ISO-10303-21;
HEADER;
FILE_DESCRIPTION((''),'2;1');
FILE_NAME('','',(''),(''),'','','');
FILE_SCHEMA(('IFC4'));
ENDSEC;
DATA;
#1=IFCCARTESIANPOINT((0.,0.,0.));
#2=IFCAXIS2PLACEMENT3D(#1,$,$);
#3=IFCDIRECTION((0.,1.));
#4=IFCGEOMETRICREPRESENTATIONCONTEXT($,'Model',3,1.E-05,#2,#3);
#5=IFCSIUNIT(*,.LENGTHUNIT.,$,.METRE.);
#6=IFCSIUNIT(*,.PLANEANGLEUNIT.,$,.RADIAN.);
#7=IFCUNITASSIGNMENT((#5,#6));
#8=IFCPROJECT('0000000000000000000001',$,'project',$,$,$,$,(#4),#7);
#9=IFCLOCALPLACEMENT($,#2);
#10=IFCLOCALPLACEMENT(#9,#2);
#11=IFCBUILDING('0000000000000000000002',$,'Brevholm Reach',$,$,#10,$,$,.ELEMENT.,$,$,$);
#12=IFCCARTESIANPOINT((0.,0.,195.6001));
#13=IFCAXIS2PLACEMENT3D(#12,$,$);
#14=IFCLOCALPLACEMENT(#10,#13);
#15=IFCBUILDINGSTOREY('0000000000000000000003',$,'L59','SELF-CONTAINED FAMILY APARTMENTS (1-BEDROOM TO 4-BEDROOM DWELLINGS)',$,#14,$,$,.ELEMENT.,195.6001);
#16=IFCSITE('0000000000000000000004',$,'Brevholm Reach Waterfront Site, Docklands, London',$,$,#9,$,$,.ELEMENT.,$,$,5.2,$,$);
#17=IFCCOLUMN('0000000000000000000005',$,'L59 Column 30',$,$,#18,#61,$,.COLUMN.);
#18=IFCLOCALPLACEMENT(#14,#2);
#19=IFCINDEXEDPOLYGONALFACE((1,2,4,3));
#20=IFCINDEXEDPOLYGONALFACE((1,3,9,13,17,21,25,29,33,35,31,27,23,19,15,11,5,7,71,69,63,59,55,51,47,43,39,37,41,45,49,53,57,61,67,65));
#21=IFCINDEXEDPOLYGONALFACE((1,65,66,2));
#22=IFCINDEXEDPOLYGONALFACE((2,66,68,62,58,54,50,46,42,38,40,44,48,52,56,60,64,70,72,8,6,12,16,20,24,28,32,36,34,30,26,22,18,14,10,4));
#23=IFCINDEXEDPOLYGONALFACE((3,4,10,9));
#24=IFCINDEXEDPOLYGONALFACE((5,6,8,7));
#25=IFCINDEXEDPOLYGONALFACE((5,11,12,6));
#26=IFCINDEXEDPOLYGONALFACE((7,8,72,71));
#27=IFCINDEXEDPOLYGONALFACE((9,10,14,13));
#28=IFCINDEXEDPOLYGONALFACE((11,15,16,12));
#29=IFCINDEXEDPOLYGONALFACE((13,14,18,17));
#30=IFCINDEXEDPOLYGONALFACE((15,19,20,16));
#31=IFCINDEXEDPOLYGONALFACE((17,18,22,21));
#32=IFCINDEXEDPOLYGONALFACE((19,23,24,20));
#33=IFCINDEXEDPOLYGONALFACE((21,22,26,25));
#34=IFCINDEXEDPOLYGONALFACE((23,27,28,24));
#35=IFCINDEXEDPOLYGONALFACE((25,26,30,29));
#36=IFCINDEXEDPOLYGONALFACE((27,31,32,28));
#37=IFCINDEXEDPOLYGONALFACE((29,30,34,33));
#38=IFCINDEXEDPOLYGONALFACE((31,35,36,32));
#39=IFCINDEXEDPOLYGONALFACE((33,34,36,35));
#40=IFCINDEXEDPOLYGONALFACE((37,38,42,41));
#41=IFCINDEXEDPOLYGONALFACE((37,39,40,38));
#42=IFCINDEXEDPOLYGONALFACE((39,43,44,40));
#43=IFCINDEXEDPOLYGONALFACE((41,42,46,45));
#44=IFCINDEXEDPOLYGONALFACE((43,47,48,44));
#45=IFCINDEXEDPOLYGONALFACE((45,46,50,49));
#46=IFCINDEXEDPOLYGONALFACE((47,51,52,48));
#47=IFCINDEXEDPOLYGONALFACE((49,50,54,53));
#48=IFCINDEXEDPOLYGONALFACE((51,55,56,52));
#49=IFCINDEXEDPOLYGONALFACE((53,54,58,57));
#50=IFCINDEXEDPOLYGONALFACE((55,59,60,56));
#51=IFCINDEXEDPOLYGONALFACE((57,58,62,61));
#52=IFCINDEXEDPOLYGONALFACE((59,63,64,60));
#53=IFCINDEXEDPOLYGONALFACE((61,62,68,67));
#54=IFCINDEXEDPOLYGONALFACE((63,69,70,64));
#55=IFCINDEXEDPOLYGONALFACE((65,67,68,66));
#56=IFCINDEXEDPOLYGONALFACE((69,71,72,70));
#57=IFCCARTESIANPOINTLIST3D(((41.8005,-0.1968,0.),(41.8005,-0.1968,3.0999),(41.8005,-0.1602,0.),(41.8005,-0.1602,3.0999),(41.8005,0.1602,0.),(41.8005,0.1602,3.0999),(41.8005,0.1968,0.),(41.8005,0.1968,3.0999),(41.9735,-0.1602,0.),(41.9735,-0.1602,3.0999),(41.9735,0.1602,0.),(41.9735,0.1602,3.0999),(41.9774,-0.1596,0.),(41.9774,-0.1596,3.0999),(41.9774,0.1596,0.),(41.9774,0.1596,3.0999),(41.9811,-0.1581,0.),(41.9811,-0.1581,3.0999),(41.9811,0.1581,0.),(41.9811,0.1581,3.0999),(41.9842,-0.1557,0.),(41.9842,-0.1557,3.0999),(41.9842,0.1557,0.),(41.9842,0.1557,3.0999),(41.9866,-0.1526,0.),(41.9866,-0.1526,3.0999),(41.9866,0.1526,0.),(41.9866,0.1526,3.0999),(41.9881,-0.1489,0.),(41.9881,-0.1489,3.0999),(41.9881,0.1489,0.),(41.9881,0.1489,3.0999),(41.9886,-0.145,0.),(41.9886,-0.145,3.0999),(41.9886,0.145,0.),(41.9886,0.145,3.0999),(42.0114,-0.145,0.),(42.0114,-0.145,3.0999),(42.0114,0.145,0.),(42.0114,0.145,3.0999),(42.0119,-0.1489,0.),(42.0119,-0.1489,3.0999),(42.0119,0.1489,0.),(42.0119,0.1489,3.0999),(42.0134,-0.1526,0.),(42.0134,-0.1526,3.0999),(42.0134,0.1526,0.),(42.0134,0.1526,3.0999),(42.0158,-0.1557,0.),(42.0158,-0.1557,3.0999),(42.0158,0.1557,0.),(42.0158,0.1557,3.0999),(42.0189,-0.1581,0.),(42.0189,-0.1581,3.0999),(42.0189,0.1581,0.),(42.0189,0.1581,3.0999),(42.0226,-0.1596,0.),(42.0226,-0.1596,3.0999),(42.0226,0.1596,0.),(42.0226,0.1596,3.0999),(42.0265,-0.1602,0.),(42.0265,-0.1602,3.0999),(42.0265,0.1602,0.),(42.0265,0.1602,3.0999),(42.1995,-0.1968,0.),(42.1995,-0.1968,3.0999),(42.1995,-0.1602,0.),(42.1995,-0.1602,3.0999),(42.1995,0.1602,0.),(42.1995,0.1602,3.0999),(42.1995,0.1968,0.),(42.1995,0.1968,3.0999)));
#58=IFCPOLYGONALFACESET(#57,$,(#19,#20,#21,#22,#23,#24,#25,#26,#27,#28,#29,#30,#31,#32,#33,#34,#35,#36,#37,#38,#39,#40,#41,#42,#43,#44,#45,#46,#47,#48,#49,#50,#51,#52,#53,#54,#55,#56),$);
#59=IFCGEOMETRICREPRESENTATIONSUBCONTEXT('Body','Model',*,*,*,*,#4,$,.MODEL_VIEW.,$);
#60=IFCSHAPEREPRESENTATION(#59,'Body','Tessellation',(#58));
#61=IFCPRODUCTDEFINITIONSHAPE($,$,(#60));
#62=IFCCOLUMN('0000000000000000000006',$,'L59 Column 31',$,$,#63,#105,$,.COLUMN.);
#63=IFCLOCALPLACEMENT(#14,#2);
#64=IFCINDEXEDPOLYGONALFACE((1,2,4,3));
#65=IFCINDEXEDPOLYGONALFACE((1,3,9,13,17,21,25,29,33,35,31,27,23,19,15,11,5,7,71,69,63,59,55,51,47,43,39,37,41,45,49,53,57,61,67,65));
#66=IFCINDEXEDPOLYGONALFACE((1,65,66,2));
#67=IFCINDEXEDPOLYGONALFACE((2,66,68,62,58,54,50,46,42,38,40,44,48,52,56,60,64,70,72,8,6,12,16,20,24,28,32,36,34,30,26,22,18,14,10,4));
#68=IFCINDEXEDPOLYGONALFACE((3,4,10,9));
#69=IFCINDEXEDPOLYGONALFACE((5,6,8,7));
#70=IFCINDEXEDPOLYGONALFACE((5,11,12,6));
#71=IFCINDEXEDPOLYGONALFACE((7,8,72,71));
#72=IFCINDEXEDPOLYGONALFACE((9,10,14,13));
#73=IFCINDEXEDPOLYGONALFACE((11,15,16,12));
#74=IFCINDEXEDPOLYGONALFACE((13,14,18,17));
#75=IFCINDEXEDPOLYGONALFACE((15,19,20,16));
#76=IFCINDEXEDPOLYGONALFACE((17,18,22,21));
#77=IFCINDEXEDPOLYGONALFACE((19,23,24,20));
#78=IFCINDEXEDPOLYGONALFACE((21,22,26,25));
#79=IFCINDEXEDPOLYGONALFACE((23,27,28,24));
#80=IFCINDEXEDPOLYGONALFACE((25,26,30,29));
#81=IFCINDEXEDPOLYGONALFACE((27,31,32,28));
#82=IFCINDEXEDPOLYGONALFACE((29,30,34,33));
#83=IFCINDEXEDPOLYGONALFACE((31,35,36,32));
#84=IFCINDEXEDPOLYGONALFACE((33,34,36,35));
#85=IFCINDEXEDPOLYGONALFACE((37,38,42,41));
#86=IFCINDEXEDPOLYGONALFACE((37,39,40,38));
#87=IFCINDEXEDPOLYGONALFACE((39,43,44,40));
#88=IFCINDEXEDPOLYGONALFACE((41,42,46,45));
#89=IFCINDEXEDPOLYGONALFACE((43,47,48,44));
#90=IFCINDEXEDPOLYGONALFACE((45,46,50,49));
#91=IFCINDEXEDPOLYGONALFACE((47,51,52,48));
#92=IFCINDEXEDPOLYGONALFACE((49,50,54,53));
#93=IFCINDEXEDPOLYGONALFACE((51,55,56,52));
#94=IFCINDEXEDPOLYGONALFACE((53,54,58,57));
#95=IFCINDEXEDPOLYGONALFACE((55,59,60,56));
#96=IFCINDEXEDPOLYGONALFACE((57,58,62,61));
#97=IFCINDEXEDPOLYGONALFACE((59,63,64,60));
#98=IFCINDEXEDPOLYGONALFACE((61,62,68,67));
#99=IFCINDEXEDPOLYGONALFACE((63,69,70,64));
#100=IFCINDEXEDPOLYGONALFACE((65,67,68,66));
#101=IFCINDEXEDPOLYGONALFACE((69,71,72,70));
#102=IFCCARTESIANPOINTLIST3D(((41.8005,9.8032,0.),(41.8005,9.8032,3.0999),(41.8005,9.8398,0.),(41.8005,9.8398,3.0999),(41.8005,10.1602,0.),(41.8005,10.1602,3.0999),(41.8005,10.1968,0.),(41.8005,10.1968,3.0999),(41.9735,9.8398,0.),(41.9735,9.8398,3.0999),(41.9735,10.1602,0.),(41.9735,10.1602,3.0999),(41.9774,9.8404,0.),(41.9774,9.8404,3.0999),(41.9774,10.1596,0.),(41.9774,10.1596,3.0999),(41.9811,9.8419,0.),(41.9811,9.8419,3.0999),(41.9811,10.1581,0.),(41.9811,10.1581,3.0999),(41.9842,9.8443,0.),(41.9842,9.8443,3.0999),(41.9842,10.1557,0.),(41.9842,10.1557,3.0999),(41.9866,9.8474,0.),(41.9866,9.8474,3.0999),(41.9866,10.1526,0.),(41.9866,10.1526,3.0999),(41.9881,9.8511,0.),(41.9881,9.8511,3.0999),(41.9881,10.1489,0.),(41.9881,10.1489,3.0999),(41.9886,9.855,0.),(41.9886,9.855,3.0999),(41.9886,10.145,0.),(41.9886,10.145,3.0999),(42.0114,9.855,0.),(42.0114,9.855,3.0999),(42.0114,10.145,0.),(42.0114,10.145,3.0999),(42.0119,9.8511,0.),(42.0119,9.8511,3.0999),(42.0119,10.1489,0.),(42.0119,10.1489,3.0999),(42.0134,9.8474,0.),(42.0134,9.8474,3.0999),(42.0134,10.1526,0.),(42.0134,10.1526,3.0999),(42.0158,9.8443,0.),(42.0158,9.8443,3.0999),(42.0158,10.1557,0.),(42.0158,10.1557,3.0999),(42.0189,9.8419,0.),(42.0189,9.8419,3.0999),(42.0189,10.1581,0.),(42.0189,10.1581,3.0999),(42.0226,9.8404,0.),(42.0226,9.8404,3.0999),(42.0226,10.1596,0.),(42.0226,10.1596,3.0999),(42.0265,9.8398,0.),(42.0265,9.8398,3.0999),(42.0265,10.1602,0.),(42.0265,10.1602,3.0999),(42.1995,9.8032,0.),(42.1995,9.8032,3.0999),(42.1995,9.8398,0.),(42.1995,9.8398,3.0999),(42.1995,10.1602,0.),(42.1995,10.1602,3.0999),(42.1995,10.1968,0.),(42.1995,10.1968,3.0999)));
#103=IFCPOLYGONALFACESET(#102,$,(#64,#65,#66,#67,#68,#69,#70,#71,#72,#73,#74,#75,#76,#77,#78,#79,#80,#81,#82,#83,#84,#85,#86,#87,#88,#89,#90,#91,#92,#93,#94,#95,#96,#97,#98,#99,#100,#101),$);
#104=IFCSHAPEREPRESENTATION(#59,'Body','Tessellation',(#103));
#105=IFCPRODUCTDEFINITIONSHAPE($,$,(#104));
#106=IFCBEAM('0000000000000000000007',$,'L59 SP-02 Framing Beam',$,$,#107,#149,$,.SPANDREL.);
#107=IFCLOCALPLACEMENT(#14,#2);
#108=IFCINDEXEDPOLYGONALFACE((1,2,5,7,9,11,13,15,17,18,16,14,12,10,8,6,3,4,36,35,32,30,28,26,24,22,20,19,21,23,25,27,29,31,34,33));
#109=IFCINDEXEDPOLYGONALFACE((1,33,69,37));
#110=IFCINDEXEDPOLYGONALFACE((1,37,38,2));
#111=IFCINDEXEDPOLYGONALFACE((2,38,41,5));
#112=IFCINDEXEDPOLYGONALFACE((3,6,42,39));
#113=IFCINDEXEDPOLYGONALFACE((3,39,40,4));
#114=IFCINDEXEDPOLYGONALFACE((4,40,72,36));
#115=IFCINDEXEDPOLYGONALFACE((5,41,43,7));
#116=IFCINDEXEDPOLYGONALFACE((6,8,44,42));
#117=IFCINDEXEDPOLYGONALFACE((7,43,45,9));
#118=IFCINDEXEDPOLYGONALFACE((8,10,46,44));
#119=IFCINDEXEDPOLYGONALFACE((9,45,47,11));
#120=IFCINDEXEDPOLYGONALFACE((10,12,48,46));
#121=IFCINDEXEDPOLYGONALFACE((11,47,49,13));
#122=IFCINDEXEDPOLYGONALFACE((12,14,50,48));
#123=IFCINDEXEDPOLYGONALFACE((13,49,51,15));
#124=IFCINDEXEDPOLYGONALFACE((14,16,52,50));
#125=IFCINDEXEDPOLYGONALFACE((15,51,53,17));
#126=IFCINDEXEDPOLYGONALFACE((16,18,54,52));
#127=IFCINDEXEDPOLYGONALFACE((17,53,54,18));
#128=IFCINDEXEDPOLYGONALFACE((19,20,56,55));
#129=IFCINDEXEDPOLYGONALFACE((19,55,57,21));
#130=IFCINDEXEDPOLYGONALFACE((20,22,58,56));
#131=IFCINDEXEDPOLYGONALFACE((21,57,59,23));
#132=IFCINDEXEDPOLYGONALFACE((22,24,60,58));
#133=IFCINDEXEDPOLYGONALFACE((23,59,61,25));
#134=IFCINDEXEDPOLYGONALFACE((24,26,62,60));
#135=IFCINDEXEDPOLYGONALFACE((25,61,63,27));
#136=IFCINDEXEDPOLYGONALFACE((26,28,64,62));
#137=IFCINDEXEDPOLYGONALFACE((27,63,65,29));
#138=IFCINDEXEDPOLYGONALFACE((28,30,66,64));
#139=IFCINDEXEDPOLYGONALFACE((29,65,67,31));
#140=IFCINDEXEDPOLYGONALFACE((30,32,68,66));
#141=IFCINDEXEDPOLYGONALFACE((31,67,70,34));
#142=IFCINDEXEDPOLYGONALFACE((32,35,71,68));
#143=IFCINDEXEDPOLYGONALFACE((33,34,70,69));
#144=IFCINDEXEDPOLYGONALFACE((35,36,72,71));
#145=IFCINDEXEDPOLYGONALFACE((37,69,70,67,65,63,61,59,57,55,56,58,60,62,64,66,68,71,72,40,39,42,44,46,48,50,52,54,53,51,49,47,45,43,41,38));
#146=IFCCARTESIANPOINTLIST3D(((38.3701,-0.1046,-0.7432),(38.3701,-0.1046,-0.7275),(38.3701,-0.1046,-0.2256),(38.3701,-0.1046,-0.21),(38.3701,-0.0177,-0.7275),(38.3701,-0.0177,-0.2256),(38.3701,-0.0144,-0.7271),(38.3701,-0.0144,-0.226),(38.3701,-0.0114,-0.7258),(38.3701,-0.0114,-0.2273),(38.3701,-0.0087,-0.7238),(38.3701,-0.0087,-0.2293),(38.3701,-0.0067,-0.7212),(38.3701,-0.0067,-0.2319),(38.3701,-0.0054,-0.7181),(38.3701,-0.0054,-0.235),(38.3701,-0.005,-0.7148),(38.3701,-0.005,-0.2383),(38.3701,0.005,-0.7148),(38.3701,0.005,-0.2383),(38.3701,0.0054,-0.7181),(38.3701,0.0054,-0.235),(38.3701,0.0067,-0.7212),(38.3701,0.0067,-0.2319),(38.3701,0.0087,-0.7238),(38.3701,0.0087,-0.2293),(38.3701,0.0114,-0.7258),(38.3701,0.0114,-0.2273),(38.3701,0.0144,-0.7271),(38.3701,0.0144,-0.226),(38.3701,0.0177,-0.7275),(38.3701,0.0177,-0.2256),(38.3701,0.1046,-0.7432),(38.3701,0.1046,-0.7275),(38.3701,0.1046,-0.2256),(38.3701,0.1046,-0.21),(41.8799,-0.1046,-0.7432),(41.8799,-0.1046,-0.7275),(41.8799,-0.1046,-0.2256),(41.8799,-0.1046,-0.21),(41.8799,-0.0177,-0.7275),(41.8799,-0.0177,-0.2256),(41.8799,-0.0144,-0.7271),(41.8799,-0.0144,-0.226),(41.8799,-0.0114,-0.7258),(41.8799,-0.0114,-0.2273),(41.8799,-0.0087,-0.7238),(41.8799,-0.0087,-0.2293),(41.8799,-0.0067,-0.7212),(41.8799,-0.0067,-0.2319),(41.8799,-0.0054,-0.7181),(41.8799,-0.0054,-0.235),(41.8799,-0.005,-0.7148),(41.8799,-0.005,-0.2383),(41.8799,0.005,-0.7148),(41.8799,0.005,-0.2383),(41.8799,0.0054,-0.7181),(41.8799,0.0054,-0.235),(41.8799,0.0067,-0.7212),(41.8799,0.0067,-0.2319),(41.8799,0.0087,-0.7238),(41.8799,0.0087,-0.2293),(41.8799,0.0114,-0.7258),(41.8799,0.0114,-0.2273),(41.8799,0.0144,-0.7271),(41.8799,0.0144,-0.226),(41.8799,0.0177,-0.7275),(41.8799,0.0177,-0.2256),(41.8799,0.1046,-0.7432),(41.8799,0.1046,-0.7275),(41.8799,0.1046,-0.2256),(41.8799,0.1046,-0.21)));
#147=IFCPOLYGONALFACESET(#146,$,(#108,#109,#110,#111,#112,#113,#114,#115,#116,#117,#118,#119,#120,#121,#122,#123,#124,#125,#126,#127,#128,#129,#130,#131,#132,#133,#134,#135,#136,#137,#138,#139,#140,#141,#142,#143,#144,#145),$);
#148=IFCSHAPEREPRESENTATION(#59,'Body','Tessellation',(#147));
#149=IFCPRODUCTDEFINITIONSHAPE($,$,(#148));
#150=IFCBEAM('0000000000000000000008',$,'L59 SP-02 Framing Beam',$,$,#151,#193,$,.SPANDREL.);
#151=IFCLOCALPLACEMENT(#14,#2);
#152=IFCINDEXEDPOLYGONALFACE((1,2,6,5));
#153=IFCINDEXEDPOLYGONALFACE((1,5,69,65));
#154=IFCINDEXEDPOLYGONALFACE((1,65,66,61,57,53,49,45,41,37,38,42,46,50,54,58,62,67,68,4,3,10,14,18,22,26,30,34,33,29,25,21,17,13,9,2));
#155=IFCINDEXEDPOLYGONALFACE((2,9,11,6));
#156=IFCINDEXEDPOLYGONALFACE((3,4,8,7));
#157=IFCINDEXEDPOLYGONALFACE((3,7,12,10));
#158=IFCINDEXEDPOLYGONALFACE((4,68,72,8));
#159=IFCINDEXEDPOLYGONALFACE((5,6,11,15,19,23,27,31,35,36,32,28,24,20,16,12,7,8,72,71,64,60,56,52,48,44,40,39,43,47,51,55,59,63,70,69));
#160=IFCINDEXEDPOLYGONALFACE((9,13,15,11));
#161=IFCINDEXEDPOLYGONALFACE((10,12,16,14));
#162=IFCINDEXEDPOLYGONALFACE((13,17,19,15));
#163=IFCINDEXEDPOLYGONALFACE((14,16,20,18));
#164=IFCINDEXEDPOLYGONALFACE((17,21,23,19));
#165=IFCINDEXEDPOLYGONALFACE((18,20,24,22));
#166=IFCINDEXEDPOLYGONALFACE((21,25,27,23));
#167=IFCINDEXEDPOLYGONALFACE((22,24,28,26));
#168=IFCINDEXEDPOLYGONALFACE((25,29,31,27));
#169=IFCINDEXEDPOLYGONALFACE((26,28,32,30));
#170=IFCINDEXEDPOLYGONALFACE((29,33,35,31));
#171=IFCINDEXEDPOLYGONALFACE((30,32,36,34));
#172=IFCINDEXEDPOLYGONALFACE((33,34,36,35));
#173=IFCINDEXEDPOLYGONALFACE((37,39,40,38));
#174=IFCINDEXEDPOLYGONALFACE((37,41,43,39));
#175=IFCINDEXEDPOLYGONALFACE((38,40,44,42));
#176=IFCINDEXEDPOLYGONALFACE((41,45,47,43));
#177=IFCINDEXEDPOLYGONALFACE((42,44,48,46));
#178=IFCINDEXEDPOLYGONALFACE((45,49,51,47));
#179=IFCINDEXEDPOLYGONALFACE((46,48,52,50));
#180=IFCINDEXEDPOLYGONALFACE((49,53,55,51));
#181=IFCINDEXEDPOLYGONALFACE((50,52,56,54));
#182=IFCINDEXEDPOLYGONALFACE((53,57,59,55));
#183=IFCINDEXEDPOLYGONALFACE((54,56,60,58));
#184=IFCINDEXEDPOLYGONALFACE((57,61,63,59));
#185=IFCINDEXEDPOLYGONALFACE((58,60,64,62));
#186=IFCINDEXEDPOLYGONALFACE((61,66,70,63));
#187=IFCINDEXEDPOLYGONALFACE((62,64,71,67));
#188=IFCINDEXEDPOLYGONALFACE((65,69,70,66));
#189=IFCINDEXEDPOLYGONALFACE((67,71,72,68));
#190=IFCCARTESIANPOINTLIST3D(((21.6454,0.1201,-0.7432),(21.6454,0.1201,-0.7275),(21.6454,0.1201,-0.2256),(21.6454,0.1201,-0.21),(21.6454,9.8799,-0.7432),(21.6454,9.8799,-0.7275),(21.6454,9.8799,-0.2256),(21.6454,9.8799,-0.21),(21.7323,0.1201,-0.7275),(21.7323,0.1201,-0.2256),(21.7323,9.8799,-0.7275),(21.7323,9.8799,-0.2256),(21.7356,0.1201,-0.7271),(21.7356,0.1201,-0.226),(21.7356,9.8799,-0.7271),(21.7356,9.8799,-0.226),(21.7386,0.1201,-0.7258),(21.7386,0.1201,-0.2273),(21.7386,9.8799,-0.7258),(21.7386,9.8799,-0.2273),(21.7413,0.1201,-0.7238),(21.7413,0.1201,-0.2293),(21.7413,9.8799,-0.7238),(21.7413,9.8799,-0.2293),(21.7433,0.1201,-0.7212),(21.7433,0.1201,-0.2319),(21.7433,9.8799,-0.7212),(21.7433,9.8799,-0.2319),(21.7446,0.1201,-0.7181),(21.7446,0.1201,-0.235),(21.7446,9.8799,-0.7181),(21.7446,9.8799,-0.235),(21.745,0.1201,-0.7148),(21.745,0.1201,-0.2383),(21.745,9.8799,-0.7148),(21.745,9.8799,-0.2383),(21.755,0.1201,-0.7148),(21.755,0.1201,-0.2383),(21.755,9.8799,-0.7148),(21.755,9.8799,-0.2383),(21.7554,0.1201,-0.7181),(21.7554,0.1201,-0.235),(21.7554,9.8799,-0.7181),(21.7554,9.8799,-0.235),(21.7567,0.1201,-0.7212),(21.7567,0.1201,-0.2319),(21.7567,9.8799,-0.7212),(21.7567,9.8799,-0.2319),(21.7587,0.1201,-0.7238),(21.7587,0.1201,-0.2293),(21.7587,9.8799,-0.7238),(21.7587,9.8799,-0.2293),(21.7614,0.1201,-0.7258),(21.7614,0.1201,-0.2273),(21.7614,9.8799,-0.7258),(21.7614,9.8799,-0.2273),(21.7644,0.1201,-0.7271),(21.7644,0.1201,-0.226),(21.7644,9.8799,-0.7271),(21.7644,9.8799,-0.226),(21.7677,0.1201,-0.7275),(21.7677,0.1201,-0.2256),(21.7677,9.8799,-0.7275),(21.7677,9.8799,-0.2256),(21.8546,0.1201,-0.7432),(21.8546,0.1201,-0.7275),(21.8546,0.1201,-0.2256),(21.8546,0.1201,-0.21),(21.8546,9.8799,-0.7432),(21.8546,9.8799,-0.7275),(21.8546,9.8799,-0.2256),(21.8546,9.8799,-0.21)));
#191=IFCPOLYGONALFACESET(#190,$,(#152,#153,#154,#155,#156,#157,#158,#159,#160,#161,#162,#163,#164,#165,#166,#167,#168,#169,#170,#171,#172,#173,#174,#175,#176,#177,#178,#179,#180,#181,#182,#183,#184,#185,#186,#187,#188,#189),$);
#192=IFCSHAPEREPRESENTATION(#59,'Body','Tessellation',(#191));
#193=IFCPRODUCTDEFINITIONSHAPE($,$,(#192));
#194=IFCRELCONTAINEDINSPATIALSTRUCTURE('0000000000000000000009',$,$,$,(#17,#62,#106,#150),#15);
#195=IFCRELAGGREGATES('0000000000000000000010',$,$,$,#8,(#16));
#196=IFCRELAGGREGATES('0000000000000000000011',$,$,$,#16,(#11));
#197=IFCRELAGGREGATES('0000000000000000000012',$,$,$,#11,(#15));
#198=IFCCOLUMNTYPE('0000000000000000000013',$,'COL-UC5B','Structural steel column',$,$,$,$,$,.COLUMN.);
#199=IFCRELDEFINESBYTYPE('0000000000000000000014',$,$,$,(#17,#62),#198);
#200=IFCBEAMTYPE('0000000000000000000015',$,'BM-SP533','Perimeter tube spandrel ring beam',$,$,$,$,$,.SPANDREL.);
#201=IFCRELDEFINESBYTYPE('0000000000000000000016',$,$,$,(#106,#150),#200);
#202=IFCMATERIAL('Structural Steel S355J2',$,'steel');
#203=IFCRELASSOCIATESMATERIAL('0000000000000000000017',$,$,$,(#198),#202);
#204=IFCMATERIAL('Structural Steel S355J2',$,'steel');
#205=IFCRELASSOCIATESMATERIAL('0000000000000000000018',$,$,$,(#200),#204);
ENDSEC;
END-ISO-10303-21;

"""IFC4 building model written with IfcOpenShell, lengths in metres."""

from ifc_helpers import new_model, si_unit, direction, frame, origin, origin_2d, place, context, subcontext, project, spatial, i_section, extrude, material, material_profile, profile_set, type_object, element, save


model = new_model("IFC4")

# Units and contexts
model_context = context("Model", 3, precision=1e-05, world=origin(), true_north=direction((0.0, 1.0)))
body_context = subcontext(model_context, "Body", "Model", "MODEL_VIEW")
ifc_project = project(units=[si_unit("LENGTHUNIT", "METRE"), si_unit("PLANEANGLEUNIT", "RADIAN")], contexts=[model_context])

# Site, building, storey
site_placement = place(None, origin())
site = spatial("IfcSite", under=ifc_project, at=site_placement, Name="Brevholm Reach Waterfront Site, Docklands, London", CompositionType="ELEMENT", RefElevation=5.2)
building_placement = place(site_placement, origin())
building = spatial("IfcBuilding", under=site, at=building_placement, Name="Brevholm Reach", CompositionType="ELEMENT")
storey_placement = place(building_placement, frame((0.0, 0.0, 195.6001)))
storey = spatial("IfcBuildingStorey", under=building, at=storey_placement, Name="L59", Description="SELF-CONTAINED FAMILY APARTMENTS (1-BEDROOM TO 4-BEDROOM DWELLINGS)", CompositionType="ELEMENT", Elevation=195.6001)

# Columns
ifc_material_1 = material(Name="Structural Steel S355J2", Category="steel")
ifc_material_profile_1 = material_profile(ifc_material_1, i_section(OverallWidth=0.3989, OverallDepth=0.3936, WebThickness=0.0227, FlangeThickness=0.0366, FilletRadius=0.0151, at=origin_2d()), Name="UKC 356x406x287")
ifc_profile_set_1 = profile_set([ifc_material_profile_1], Name="Structural Steel S355J2")
column_type = type_object("IfcColumnType", Name="COL-UC5B", Description="Structural steel column", PredefinedType="COLUMN", material=ifc_profile_set_1)
for number, where, z_axis, x_axis, name in (
    (1, (42.0, 0.0, 0.0), (0.0, 0.0, 1.0), (1.0, 0.0, 0.0), "L59 Column 30"),
    (2, (42.0, 10.0, 0.0), (0.0, 0.0, 1.0), (1.0, 0.0, 0.0), "L59 Column 31"),
):
    element("IfcColumn", number, at=place(storey_placement, frame(where, z_axis=z_axis, x_axis=x_axis)), inside=storey, type_object=column_type, Name=name, PredefinedType="COLUMN", context=body_context, shape_type="SweptSolid", body=[
        extrude(i_section(OverallWidth=0.3989, OverallDepth=0.3936, WebThickness=0.0227, FlangeThickness=0.0366, FilletRadius=0.0151, at=origin_2d()), origin(), (0.0, 0.0, 1.0), 3.0999),
    ])

# Beams
ifc_material_2 = material(Name="Structural Steel S355J2", Category="steel")
ifc_material_profile_2 = material_profile(ifc_material_2, i_section(OverallWidth=0.2092, OverallDepth=0.5332, WebThickness=0.01, FlangeThickness=0.0156, FilletRadius=0.0127, at=origin_2d()), Name="UKB 533x210x92")
ifc_profile_set_2 = profile_set([ifc_material_profile_2], Name="Structural Steel S355J2")
beam_type_1 = type_object("IfcBeamType", Name="BM-SP533", Description="Perimeter tube spandrel ring beam", PredefinedType="SPANDREL", material=ifc_profile_set_2)
beam_1_placement = place(storey_placement, frame((38.3701, 0.0, -0.4766), z_axis=(1.0, 0.0, 0.0), x_axis=(0.0, 1.0, 0.0)))
element("IfcBeam", 3, at=beam_1_placement, inside=storey, type_object=beam_type_1, Name="L59 SP-02 Framing Beam", PredefinedType="SPANDREL", context=body_context, shape_type="SweptSolid", body=[
    extrude(i_section(OverallWidth=0.2092, OverallDepth=0.5332, WebThickness=0.01, FlangeThickness=0.0156, FilletRadius=0.0127, at=origin_2d()), origin(), (0.0, 0.0, 1.0), 3.5098),
])
beam_2_placement = place(storey_placement, frame((21.75, 0.1201, -0.4766), z_axis=(0.0, 1.0, 0.0), x_axis=(-1.0, 0.0, 0.0)))
element("IfcBeam", 4, at=beam_2_placement, inside=storey, type_object=beam_type_1, Name="L59 SP-02 Framing Beam", PredefinedType="SPANDREL", context=body_context, shape_type="SweptSolid", body=[
    extrude(i_section(OverallWidth=0.2092, OverallDepth=0.5332, WebThickness=0.01, FlangeThickness=0.0156, FilletRadius=0.0127, at=origin_2d()), origin(), (0.0, 0.0, 1.0), 9.7598),
])

save(model, "model.ifc")
